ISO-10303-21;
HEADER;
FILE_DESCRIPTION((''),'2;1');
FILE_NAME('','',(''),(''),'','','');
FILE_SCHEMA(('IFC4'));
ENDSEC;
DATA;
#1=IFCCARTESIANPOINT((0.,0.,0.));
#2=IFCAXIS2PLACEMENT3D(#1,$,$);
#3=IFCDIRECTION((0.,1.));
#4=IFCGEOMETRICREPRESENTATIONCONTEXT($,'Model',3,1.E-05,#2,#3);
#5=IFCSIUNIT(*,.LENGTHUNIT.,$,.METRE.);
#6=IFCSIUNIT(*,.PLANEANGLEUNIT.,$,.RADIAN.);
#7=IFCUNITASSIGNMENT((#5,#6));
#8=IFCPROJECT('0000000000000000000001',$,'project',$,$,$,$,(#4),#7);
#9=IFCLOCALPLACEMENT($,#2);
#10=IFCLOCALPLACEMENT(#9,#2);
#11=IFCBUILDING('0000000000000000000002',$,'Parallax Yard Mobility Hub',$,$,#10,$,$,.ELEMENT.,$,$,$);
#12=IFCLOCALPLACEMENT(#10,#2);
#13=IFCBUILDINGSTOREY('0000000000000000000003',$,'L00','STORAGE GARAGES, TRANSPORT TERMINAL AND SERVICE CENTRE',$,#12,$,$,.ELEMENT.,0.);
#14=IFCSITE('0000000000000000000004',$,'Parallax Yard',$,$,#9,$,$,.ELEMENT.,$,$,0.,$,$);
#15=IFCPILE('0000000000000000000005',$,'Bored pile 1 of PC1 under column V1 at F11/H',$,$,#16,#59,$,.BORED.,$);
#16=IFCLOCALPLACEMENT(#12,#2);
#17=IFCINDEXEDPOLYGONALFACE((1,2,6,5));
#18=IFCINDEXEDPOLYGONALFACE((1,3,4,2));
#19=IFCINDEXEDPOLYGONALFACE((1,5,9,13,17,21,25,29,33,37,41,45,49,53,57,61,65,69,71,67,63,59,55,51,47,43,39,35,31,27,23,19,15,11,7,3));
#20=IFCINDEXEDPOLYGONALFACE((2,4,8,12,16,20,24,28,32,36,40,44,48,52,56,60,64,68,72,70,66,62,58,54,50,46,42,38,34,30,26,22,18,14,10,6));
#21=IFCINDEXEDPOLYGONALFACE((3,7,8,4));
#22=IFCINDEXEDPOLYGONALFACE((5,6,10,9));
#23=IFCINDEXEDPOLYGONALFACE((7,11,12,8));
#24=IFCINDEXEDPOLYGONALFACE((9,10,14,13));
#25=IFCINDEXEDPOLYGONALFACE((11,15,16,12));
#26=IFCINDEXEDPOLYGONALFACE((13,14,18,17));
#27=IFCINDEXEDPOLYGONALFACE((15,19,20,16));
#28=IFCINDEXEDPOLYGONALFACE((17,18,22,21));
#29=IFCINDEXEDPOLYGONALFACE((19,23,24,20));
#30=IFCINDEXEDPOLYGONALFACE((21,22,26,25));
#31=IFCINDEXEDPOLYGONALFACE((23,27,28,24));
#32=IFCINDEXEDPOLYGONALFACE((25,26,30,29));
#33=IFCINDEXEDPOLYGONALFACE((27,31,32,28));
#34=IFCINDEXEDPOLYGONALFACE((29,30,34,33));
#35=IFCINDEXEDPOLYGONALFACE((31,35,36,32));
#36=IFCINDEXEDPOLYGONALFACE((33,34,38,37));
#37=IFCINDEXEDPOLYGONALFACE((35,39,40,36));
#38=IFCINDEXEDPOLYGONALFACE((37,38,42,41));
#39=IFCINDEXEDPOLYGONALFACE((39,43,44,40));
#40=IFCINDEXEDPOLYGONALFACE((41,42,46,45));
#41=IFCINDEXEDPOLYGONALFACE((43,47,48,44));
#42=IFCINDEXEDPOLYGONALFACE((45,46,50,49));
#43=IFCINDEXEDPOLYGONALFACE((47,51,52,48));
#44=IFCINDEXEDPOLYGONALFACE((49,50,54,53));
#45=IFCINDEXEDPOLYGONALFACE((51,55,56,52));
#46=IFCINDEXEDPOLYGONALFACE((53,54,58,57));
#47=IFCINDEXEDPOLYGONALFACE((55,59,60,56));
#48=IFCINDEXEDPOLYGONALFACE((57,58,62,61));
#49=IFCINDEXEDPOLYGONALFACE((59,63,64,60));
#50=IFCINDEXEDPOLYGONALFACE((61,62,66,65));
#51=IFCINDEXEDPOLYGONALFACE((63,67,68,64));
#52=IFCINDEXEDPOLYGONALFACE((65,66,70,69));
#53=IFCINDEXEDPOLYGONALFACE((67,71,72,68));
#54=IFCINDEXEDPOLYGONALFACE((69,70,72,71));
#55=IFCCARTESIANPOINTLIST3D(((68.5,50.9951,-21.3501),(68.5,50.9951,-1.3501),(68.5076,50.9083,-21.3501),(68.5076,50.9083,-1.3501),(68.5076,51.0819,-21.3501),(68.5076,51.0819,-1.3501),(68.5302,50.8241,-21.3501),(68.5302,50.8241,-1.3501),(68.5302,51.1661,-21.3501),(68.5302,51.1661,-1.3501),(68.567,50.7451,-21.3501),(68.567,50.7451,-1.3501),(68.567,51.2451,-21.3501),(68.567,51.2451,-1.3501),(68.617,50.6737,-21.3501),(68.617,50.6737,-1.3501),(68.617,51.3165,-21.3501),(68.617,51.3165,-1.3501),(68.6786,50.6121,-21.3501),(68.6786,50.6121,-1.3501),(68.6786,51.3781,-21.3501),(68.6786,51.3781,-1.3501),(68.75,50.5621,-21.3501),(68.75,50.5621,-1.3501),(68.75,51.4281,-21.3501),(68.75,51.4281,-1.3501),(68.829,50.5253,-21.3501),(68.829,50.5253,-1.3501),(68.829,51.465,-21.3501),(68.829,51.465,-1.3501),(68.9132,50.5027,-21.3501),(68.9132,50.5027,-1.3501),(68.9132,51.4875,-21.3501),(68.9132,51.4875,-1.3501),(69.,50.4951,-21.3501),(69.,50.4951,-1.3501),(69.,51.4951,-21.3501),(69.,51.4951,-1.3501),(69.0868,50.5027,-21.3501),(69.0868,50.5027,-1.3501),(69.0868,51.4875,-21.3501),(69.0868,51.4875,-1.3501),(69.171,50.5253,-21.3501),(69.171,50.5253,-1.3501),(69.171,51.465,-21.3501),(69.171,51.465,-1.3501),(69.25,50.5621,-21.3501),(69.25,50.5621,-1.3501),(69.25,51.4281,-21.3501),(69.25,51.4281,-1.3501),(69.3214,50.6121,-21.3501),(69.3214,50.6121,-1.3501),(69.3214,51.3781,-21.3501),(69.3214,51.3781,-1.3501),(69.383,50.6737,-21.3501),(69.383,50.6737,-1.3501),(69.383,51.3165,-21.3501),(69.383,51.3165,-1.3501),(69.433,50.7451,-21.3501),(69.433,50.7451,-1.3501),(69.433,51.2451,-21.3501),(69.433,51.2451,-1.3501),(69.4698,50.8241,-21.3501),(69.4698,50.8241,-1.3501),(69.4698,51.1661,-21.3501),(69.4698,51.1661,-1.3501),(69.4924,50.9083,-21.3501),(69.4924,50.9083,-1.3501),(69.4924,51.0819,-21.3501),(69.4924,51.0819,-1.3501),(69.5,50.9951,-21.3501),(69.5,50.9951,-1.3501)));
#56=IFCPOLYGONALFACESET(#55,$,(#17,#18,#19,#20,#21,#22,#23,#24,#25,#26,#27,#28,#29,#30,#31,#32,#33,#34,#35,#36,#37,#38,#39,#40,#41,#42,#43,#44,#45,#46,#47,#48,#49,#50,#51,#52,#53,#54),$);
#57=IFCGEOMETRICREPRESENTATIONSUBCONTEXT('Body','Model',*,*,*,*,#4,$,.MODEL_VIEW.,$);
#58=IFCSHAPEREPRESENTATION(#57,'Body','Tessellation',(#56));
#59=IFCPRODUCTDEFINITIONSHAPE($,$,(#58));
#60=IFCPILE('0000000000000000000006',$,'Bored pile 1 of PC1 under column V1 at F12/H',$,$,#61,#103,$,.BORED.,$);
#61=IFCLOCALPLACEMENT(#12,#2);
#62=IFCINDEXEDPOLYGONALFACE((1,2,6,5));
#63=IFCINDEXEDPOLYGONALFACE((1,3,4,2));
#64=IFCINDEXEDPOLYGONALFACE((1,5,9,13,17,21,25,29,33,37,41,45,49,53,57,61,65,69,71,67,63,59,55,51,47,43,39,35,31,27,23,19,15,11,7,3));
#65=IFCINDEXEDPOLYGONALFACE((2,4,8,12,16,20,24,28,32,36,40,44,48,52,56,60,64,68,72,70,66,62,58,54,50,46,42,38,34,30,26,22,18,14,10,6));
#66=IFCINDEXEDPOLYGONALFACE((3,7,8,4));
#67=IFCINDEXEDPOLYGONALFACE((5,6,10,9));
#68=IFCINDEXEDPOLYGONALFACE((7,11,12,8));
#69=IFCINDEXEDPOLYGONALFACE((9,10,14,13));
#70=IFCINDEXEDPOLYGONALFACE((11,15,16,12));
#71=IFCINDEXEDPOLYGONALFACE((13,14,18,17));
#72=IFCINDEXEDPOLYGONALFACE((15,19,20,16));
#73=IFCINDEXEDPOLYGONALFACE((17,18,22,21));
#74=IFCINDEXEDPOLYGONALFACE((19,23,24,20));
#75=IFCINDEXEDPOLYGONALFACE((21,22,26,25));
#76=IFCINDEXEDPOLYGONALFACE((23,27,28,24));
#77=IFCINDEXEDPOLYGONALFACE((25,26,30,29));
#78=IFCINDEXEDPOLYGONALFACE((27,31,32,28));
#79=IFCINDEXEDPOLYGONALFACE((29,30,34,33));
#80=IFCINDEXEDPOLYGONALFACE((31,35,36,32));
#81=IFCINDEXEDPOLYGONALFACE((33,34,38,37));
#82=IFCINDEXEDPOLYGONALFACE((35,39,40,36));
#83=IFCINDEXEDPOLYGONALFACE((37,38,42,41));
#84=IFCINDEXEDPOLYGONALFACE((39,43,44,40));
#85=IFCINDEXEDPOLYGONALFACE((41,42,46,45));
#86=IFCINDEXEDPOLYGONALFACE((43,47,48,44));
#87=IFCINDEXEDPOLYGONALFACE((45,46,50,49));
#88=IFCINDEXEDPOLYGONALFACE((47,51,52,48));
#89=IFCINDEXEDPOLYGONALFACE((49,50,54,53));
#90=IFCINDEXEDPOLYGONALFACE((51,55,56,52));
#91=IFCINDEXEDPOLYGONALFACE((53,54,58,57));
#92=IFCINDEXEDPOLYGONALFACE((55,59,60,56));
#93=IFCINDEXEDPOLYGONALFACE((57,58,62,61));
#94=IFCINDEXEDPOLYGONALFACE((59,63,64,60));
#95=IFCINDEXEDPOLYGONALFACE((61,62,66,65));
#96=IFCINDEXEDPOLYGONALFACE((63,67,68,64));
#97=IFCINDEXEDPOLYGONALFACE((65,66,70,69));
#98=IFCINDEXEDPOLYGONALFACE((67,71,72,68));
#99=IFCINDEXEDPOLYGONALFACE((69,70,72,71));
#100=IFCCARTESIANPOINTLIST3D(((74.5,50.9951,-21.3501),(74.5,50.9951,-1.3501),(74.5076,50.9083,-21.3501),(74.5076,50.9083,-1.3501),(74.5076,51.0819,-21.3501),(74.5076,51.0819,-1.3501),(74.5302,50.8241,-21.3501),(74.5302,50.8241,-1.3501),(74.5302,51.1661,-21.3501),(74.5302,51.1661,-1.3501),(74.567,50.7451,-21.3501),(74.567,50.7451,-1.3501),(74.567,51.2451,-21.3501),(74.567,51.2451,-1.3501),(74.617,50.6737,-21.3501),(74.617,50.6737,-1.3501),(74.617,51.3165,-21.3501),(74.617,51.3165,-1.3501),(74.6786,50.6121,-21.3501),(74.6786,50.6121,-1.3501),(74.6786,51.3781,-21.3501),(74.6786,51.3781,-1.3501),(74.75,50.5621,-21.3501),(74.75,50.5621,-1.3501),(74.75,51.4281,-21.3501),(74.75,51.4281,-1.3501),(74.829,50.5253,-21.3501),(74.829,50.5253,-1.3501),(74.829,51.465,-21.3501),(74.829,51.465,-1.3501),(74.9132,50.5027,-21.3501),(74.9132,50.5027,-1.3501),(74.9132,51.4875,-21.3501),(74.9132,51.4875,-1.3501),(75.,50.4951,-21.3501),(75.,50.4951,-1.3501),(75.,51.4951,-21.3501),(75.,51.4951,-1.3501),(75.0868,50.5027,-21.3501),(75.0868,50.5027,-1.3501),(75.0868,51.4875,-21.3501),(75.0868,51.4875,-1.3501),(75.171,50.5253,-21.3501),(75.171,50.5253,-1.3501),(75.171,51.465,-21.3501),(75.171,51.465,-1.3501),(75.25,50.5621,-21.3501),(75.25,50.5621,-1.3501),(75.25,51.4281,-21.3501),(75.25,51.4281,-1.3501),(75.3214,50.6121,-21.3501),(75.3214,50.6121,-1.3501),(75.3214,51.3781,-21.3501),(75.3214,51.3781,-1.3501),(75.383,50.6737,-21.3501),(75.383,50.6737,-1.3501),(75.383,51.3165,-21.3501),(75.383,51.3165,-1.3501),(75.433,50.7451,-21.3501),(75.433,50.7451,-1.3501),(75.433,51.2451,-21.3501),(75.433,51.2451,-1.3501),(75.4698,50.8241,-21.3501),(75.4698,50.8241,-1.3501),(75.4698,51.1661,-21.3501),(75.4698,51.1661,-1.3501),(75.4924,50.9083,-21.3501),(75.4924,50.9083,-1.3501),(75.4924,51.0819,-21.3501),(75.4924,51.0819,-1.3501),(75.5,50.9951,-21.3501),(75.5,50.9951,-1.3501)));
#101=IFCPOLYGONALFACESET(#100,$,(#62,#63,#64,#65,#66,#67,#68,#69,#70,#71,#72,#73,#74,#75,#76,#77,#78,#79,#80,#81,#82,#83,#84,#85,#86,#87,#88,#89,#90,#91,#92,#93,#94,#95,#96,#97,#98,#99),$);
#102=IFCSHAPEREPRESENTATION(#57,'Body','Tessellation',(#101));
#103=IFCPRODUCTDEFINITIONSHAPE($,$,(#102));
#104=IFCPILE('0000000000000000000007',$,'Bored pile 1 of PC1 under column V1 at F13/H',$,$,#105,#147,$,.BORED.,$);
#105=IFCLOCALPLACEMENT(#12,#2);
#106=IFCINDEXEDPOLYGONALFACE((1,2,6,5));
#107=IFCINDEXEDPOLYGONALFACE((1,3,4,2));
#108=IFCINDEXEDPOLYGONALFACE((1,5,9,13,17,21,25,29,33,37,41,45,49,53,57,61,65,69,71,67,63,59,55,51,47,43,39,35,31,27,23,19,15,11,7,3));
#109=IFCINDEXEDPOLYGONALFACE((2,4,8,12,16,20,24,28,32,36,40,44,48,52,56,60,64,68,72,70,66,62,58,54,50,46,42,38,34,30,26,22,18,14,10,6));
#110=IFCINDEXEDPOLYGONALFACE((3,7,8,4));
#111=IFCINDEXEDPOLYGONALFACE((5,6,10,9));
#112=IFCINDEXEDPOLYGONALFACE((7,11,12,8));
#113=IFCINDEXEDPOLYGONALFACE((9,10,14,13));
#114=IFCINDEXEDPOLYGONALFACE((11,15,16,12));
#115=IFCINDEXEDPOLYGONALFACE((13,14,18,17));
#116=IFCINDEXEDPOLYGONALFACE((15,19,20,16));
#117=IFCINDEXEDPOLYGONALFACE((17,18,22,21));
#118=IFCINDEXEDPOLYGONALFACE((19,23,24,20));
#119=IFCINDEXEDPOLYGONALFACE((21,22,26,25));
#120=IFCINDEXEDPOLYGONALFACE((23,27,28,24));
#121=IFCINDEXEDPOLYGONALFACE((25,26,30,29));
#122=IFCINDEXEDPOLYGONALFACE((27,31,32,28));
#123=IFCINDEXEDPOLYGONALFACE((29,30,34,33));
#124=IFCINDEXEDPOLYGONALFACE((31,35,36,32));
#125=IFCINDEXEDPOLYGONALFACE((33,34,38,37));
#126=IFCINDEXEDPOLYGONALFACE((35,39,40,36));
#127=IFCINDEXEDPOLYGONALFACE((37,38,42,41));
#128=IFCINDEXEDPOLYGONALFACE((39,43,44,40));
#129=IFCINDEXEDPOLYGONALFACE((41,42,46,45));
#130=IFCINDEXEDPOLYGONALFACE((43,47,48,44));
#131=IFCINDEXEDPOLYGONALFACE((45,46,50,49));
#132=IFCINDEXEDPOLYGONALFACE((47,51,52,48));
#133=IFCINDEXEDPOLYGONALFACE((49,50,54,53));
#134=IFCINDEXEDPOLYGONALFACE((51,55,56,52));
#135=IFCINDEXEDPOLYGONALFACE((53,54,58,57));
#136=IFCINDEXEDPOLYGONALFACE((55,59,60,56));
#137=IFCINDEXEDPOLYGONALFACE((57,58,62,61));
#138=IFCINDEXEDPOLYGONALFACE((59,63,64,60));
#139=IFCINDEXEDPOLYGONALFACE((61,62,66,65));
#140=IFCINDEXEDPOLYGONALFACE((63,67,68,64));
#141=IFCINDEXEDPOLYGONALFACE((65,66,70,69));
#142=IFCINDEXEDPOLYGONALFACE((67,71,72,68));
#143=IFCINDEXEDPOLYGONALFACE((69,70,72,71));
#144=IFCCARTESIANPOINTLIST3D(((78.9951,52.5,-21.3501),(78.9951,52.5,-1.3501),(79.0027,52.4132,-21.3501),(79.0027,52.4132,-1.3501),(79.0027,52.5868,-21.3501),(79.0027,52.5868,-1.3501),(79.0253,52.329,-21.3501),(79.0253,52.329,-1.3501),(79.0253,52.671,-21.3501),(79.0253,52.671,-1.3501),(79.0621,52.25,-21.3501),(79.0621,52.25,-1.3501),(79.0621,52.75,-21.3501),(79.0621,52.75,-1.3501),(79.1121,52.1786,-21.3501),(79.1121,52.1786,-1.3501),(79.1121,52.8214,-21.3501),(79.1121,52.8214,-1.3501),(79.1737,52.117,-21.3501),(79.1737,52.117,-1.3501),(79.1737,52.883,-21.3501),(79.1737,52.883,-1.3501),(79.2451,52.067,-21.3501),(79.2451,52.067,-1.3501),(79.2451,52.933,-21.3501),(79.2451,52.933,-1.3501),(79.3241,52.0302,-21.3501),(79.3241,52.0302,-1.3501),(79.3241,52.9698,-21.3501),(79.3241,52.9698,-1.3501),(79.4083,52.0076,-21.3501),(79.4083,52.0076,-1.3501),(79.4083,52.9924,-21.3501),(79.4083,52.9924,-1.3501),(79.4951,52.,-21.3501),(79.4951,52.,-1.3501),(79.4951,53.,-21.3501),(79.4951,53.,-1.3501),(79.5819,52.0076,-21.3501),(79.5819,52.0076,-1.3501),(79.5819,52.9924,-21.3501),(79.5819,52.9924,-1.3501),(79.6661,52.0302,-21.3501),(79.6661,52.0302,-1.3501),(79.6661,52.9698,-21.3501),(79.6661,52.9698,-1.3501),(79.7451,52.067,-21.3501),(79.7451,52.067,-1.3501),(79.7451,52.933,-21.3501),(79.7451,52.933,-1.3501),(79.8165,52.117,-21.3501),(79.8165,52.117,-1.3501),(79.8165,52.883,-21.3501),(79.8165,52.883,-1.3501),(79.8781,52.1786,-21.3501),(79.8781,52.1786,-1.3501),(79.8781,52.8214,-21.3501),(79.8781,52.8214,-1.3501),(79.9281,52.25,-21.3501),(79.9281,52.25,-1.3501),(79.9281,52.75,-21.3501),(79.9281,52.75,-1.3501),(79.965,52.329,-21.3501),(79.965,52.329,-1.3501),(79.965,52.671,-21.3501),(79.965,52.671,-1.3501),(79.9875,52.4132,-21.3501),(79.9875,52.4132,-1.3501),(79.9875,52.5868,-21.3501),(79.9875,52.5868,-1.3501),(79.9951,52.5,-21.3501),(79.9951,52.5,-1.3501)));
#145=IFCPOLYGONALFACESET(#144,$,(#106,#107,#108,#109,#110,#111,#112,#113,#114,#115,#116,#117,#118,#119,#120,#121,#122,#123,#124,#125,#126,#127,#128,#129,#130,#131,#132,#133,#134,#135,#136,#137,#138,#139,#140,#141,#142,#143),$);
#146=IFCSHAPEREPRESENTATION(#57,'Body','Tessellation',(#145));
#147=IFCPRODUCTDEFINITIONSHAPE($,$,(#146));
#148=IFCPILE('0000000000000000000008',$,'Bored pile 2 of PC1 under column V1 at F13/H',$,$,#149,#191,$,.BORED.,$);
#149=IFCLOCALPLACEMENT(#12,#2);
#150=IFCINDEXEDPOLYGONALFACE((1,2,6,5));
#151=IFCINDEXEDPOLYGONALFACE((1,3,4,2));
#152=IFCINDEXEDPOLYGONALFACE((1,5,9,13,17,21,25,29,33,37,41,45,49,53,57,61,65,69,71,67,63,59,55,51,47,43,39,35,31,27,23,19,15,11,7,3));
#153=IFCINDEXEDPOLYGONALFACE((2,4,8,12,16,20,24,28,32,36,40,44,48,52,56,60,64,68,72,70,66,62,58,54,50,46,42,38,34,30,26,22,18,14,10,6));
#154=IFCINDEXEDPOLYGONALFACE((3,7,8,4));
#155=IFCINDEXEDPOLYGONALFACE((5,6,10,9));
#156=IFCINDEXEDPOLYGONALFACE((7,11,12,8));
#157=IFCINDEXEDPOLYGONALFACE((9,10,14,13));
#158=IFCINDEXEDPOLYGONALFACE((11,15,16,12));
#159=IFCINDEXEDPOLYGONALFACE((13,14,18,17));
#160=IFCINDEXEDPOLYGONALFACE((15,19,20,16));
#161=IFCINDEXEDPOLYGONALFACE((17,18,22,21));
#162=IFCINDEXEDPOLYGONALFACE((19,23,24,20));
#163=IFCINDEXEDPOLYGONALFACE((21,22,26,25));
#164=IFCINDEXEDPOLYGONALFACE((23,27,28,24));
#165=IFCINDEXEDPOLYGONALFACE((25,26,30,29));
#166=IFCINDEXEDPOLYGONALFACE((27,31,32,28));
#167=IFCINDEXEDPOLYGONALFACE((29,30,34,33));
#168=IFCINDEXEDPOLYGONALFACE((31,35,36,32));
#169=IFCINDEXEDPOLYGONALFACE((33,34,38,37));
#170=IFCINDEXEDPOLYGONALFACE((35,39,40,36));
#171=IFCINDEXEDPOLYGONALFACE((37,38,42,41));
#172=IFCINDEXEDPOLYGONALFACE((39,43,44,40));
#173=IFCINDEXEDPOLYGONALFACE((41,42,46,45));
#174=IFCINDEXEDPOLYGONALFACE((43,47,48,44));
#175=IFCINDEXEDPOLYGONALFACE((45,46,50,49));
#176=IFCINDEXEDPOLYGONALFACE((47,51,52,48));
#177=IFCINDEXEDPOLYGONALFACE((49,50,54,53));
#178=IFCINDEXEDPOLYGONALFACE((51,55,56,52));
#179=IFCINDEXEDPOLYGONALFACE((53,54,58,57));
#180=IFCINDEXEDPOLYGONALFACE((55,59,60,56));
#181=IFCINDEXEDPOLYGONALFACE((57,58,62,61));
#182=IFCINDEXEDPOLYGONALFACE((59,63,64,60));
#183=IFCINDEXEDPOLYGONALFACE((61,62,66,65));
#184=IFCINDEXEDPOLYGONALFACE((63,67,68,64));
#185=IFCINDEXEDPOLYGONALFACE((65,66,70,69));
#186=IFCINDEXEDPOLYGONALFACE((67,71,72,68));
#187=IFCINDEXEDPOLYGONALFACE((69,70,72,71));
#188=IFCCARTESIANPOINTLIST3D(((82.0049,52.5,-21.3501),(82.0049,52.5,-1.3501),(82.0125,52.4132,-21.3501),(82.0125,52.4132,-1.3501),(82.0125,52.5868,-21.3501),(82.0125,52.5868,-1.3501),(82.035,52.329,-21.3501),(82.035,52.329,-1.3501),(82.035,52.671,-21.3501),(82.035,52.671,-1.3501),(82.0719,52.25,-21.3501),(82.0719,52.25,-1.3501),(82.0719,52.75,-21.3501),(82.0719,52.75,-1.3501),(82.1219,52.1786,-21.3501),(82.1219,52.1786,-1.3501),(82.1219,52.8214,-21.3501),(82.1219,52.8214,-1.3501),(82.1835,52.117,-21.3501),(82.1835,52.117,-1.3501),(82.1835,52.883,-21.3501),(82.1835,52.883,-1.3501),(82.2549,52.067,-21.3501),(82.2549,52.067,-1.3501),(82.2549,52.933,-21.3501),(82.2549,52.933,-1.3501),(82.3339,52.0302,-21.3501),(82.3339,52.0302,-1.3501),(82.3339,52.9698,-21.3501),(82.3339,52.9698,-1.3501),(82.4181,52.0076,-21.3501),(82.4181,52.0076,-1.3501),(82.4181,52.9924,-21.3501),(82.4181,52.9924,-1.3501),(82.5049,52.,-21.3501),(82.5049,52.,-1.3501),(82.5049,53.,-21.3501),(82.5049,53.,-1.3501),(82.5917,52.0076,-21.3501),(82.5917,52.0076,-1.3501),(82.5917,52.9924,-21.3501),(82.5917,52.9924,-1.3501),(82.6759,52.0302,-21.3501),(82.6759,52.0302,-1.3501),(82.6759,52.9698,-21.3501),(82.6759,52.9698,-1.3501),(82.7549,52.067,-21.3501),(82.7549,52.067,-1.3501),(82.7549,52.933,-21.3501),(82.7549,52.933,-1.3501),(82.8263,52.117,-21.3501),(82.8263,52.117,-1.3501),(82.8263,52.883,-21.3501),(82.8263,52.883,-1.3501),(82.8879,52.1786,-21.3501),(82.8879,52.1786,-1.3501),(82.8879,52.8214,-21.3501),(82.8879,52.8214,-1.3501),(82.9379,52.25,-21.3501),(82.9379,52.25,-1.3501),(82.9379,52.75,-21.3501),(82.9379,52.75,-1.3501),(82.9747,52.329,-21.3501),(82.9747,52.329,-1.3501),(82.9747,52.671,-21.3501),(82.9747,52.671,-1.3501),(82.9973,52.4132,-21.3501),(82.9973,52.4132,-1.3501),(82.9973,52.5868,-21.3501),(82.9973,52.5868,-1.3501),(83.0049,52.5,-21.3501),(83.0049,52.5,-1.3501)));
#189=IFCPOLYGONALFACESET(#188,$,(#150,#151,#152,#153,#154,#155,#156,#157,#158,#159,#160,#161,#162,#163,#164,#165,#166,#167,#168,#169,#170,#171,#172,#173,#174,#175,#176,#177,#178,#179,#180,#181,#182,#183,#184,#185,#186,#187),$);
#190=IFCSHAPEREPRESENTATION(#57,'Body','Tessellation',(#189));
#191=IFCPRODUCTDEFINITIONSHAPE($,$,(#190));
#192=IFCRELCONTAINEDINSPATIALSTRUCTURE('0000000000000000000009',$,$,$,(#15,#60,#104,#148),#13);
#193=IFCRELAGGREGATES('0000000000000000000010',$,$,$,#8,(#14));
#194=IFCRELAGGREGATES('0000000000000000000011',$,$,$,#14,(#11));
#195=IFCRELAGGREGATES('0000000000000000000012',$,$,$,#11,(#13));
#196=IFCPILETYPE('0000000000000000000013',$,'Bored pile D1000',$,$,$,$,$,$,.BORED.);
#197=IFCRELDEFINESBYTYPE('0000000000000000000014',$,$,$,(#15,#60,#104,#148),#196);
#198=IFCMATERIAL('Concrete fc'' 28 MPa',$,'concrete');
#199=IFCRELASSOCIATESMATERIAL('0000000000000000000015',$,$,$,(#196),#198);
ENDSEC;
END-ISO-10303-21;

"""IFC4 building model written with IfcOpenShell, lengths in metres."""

from ifc_helpers import new_model, si_unit, direction, frame, origin, origin_2d, place, context, subcontext, project, spatial, circle, extrude, material, material_profile, profile_set, type_object, element, save


model = new_model("IFC4")

# Units and contexts
model_context = context("Model", 3, precision=1e-05, world=origin(), true_north=direction((0.0, 1.0)))
body_context = subcontext(model_context, "Body", "Model", "MODEL_VIEW")
ifc_project = project(units=[si_unit("LENGTHUNIT", "METRE"), si_unit("PLANEANGLEUNIT", "RADIAN")], contexts=[model_context])

# Site, building, storey
site_placement = place(None, origin())
site = spatial("IfcSite", under=ifc_project, at=site_placement, Name="Parallax Yard", CompositionType="ELEMENT", RefElevation=0.0)
building_placement = place(site_placement, origin())
building = spatial("IfcBuilding", under=site, at=building_placement, Name="Parallax Yard Mobility Hub", CompositionType="ELEMENT")
storey_placement = place(building_placement, origin())
storey = spatial("IfcBuildingStorey", under=building, at=storey_placement, Name="L00", Description="STORAGE GARAGES, TRANSPORT TERMINAL AND SERVICE CENTRE", CompositionType="ELEMENT", Elevation=0.0)

# Piles
ifc_material_1 = material(Name="Concrete fc' 28 MPa", Category="concrete")
ifc_material_profile_1 = material_profile(ifc_material_1, circle(Radius=0.5, at=origin_2d()), Name="Bored pile D1000")
ifc_profile_set_1 = profile_set([ifc_material_profile_1], Name="Concrete fc' 28 MPa")
pile_type = type_object("IfcPileType", Name="Bored pile D1000", PredefinedType="BORED", material=ifc_profile_set_1)
for number, where, z_axis, x_axis, name in (
    (1, (69.0, 50.9951, -1.3501), (0.0, 0.0, -1.0), (1.0, 0.0, 0.0), "Bored pile 1 of PC1 under column V1 at F11/H"),
    (2, (75.0, 50.9951, -1.3501), (0.0, 0.0, -1.0), (1.0, 0.0, 0.0), "Bored pile 1 of PC1 under column V1 at F12/H"),
    (3, (79.4951, 52.5, -1.3501), (0.0, 0.0, -1.0), (1.0, 0.0, 0.0), "Bored pile 1 of PC1 under column V1 at F13/H"),
    (4, (82.5049, 52.5, -1.3501), (0.0, 0.0, -1.0), (1.0, 0.0, 0.0), "Bored pile 2 of PC1 under column V1 at F13/H"),
):
    element("IfcPile", number, at=place(storey_placement, frame(where, z_axis=z_axis, x_axis=x_axis)), inside=storey, type_object=pile_type, Name=name, PredefinedType="BORED", context=body_context, shape_type="SweptSolid", body=[
        extrude(circle(Radius=0.5, at=origin_2d()), origin(), (0.0, 0.0, 1.0), 20.0),
    ])

save(model, "model.ifc")
